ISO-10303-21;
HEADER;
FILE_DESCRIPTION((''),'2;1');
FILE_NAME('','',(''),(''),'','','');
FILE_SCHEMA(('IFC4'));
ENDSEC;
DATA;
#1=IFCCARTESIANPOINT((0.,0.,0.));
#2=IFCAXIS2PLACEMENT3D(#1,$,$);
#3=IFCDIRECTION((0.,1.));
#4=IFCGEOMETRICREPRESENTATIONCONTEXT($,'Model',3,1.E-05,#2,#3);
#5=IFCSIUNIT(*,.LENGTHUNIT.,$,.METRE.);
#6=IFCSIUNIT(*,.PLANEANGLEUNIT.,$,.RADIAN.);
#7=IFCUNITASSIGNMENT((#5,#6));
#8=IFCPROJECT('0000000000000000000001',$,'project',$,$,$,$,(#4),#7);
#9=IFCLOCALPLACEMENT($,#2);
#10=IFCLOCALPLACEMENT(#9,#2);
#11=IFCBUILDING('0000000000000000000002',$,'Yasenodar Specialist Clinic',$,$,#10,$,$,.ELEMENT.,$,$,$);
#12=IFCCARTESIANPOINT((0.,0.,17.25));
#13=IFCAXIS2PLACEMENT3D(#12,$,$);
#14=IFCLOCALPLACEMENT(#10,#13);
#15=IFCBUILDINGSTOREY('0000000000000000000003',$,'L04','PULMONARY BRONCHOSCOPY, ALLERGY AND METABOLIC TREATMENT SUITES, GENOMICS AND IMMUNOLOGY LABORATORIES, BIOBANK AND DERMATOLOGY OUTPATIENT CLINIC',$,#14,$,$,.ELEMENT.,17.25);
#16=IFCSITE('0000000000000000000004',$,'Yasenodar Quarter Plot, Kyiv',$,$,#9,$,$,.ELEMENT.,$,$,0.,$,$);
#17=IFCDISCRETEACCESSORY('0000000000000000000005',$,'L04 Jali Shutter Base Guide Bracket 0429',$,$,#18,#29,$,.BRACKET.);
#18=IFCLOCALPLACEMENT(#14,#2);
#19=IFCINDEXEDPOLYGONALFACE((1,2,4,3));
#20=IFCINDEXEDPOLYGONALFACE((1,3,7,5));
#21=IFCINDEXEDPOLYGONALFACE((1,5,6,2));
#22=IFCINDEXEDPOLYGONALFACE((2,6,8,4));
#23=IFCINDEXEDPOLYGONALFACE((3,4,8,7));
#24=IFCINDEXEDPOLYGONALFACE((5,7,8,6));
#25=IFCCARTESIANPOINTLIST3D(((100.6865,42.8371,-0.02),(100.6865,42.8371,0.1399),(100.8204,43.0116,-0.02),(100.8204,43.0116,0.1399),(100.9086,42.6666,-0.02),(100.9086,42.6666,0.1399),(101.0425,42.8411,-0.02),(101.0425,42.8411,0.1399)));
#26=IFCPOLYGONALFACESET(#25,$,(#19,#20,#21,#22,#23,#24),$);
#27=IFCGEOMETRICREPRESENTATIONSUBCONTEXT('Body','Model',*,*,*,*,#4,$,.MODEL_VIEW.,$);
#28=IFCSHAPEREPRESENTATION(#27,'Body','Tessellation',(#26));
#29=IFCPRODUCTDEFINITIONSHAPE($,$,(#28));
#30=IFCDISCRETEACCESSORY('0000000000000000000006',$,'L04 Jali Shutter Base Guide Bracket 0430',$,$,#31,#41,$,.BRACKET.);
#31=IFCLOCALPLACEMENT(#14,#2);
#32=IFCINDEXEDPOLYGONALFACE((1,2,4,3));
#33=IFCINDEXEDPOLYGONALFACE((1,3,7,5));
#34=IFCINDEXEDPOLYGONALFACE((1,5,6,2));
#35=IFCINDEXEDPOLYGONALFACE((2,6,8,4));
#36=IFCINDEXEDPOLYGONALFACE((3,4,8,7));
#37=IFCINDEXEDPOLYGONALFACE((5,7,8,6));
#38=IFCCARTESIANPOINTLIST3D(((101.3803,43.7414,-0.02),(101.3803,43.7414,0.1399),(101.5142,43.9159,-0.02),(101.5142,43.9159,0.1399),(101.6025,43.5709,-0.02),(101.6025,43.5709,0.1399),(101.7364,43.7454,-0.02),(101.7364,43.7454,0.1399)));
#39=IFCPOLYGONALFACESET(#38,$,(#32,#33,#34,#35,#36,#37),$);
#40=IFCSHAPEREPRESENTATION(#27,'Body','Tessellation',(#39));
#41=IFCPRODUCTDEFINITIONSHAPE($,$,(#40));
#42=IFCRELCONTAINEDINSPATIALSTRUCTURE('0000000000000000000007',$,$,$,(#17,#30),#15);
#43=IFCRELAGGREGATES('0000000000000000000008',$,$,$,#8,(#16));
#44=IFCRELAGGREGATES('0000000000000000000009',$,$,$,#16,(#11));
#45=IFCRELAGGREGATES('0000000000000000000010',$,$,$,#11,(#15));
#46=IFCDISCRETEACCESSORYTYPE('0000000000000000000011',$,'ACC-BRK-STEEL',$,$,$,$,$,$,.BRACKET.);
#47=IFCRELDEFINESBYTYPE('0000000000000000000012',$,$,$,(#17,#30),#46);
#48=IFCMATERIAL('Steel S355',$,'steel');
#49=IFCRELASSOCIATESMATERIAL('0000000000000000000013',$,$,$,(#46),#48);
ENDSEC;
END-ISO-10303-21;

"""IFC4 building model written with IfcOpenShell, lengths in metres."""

from ifc_helpers import new_model, si_unit, direction, frame, origin, origin_2d, place, context, subcontext, project, spatial, rectangle, extrude, material, type_object, element, save


model = new_model("IFC4")

# Units and contexts
model_context = context("Model", 3, precision=1e-05, world=origin(), true_north=direction((0.0, 1.0)))
body_context = subcontext(model_context, "Body", "Model", "MODEL_VIEW")
ifc_project = project(units=[si_unit("LENGTHUNIT", "METRE"), si_unit("PLANEANGLEUNIT", "RADIAN")], contexts=[model_context])

# Site, building, storey
site_placement = place(None, origin())
site = spatial("IfcSite", under=ifc_project, at=site_placement, Name="Yasenodar Quarter Plot, Kyiv", CompositionType="ELEMENT", RefElevation=0.0)
building_placement = place(site_placement, origin())
building = spatial("IfcBuilding", under=site, at=building_placement, Name="Yasenodar Specialist Clinic", CompositionType="ELEMENT")
storey_placement = place(building_placement, frame((0.0, 0.0, 17.25)))
storey = spatial("IfcBuildingStorey", under=building, at=storey_placement, Name="L04", Description="PULMONARY BRONCHOSCOPY, ALLERGY AND METABOLIC TREATMENT SUITES, GENOMICS AND IMMUNOLOGY LABORATORIES, BIOBANK AND DERMATOLOGY OUTPATIENT CLINIC", CompositionType="ELEMENT", Elevation=17.25)

# Shared definitions
ifc_material_1 = material(Name="Steel S355", Category="steel")

# Discrete accessories
discrete_accessory_type = type_object("IfcDiscreteAccessoryType", Name="ACC-BRK-STEEL", PredefinedType="BRACKET", material=ifc_material_1)
for number, where, z_axis, x_axis, name in (
    (1, (100.8645, 42.8391, -0.02), (0.0, 0.0, 1.0), (0.608764, 0.793351, 0.0), "L04 Jali Shutter Base Guide Bracket 0429"),
    (2, (101.5583, 43.7434, -0.02), (0.0, 0.0, 1.0), (0.608764, 0.793351, 0.0), "L04 Jali Shutter Base Guide Bracket 0430"),
):
    element("IfcDiscreteAccessory", number, at=place(storey_placement, frame(where, z_axis=z_axis, x_axis=x_axis)), inside=storey, type_object=discrete_accessory_type, Name=name, PredefinedType="BRACKET", context=body_context, shape_type="SweptSolid", body=[
        extrude(rectangle(XDim=0.22, YDim=0.28, at=origin_2d()), origin(), (0.0, 0.0, 1.0), 0.1599),
    ])

save(model, "model.ifc")
